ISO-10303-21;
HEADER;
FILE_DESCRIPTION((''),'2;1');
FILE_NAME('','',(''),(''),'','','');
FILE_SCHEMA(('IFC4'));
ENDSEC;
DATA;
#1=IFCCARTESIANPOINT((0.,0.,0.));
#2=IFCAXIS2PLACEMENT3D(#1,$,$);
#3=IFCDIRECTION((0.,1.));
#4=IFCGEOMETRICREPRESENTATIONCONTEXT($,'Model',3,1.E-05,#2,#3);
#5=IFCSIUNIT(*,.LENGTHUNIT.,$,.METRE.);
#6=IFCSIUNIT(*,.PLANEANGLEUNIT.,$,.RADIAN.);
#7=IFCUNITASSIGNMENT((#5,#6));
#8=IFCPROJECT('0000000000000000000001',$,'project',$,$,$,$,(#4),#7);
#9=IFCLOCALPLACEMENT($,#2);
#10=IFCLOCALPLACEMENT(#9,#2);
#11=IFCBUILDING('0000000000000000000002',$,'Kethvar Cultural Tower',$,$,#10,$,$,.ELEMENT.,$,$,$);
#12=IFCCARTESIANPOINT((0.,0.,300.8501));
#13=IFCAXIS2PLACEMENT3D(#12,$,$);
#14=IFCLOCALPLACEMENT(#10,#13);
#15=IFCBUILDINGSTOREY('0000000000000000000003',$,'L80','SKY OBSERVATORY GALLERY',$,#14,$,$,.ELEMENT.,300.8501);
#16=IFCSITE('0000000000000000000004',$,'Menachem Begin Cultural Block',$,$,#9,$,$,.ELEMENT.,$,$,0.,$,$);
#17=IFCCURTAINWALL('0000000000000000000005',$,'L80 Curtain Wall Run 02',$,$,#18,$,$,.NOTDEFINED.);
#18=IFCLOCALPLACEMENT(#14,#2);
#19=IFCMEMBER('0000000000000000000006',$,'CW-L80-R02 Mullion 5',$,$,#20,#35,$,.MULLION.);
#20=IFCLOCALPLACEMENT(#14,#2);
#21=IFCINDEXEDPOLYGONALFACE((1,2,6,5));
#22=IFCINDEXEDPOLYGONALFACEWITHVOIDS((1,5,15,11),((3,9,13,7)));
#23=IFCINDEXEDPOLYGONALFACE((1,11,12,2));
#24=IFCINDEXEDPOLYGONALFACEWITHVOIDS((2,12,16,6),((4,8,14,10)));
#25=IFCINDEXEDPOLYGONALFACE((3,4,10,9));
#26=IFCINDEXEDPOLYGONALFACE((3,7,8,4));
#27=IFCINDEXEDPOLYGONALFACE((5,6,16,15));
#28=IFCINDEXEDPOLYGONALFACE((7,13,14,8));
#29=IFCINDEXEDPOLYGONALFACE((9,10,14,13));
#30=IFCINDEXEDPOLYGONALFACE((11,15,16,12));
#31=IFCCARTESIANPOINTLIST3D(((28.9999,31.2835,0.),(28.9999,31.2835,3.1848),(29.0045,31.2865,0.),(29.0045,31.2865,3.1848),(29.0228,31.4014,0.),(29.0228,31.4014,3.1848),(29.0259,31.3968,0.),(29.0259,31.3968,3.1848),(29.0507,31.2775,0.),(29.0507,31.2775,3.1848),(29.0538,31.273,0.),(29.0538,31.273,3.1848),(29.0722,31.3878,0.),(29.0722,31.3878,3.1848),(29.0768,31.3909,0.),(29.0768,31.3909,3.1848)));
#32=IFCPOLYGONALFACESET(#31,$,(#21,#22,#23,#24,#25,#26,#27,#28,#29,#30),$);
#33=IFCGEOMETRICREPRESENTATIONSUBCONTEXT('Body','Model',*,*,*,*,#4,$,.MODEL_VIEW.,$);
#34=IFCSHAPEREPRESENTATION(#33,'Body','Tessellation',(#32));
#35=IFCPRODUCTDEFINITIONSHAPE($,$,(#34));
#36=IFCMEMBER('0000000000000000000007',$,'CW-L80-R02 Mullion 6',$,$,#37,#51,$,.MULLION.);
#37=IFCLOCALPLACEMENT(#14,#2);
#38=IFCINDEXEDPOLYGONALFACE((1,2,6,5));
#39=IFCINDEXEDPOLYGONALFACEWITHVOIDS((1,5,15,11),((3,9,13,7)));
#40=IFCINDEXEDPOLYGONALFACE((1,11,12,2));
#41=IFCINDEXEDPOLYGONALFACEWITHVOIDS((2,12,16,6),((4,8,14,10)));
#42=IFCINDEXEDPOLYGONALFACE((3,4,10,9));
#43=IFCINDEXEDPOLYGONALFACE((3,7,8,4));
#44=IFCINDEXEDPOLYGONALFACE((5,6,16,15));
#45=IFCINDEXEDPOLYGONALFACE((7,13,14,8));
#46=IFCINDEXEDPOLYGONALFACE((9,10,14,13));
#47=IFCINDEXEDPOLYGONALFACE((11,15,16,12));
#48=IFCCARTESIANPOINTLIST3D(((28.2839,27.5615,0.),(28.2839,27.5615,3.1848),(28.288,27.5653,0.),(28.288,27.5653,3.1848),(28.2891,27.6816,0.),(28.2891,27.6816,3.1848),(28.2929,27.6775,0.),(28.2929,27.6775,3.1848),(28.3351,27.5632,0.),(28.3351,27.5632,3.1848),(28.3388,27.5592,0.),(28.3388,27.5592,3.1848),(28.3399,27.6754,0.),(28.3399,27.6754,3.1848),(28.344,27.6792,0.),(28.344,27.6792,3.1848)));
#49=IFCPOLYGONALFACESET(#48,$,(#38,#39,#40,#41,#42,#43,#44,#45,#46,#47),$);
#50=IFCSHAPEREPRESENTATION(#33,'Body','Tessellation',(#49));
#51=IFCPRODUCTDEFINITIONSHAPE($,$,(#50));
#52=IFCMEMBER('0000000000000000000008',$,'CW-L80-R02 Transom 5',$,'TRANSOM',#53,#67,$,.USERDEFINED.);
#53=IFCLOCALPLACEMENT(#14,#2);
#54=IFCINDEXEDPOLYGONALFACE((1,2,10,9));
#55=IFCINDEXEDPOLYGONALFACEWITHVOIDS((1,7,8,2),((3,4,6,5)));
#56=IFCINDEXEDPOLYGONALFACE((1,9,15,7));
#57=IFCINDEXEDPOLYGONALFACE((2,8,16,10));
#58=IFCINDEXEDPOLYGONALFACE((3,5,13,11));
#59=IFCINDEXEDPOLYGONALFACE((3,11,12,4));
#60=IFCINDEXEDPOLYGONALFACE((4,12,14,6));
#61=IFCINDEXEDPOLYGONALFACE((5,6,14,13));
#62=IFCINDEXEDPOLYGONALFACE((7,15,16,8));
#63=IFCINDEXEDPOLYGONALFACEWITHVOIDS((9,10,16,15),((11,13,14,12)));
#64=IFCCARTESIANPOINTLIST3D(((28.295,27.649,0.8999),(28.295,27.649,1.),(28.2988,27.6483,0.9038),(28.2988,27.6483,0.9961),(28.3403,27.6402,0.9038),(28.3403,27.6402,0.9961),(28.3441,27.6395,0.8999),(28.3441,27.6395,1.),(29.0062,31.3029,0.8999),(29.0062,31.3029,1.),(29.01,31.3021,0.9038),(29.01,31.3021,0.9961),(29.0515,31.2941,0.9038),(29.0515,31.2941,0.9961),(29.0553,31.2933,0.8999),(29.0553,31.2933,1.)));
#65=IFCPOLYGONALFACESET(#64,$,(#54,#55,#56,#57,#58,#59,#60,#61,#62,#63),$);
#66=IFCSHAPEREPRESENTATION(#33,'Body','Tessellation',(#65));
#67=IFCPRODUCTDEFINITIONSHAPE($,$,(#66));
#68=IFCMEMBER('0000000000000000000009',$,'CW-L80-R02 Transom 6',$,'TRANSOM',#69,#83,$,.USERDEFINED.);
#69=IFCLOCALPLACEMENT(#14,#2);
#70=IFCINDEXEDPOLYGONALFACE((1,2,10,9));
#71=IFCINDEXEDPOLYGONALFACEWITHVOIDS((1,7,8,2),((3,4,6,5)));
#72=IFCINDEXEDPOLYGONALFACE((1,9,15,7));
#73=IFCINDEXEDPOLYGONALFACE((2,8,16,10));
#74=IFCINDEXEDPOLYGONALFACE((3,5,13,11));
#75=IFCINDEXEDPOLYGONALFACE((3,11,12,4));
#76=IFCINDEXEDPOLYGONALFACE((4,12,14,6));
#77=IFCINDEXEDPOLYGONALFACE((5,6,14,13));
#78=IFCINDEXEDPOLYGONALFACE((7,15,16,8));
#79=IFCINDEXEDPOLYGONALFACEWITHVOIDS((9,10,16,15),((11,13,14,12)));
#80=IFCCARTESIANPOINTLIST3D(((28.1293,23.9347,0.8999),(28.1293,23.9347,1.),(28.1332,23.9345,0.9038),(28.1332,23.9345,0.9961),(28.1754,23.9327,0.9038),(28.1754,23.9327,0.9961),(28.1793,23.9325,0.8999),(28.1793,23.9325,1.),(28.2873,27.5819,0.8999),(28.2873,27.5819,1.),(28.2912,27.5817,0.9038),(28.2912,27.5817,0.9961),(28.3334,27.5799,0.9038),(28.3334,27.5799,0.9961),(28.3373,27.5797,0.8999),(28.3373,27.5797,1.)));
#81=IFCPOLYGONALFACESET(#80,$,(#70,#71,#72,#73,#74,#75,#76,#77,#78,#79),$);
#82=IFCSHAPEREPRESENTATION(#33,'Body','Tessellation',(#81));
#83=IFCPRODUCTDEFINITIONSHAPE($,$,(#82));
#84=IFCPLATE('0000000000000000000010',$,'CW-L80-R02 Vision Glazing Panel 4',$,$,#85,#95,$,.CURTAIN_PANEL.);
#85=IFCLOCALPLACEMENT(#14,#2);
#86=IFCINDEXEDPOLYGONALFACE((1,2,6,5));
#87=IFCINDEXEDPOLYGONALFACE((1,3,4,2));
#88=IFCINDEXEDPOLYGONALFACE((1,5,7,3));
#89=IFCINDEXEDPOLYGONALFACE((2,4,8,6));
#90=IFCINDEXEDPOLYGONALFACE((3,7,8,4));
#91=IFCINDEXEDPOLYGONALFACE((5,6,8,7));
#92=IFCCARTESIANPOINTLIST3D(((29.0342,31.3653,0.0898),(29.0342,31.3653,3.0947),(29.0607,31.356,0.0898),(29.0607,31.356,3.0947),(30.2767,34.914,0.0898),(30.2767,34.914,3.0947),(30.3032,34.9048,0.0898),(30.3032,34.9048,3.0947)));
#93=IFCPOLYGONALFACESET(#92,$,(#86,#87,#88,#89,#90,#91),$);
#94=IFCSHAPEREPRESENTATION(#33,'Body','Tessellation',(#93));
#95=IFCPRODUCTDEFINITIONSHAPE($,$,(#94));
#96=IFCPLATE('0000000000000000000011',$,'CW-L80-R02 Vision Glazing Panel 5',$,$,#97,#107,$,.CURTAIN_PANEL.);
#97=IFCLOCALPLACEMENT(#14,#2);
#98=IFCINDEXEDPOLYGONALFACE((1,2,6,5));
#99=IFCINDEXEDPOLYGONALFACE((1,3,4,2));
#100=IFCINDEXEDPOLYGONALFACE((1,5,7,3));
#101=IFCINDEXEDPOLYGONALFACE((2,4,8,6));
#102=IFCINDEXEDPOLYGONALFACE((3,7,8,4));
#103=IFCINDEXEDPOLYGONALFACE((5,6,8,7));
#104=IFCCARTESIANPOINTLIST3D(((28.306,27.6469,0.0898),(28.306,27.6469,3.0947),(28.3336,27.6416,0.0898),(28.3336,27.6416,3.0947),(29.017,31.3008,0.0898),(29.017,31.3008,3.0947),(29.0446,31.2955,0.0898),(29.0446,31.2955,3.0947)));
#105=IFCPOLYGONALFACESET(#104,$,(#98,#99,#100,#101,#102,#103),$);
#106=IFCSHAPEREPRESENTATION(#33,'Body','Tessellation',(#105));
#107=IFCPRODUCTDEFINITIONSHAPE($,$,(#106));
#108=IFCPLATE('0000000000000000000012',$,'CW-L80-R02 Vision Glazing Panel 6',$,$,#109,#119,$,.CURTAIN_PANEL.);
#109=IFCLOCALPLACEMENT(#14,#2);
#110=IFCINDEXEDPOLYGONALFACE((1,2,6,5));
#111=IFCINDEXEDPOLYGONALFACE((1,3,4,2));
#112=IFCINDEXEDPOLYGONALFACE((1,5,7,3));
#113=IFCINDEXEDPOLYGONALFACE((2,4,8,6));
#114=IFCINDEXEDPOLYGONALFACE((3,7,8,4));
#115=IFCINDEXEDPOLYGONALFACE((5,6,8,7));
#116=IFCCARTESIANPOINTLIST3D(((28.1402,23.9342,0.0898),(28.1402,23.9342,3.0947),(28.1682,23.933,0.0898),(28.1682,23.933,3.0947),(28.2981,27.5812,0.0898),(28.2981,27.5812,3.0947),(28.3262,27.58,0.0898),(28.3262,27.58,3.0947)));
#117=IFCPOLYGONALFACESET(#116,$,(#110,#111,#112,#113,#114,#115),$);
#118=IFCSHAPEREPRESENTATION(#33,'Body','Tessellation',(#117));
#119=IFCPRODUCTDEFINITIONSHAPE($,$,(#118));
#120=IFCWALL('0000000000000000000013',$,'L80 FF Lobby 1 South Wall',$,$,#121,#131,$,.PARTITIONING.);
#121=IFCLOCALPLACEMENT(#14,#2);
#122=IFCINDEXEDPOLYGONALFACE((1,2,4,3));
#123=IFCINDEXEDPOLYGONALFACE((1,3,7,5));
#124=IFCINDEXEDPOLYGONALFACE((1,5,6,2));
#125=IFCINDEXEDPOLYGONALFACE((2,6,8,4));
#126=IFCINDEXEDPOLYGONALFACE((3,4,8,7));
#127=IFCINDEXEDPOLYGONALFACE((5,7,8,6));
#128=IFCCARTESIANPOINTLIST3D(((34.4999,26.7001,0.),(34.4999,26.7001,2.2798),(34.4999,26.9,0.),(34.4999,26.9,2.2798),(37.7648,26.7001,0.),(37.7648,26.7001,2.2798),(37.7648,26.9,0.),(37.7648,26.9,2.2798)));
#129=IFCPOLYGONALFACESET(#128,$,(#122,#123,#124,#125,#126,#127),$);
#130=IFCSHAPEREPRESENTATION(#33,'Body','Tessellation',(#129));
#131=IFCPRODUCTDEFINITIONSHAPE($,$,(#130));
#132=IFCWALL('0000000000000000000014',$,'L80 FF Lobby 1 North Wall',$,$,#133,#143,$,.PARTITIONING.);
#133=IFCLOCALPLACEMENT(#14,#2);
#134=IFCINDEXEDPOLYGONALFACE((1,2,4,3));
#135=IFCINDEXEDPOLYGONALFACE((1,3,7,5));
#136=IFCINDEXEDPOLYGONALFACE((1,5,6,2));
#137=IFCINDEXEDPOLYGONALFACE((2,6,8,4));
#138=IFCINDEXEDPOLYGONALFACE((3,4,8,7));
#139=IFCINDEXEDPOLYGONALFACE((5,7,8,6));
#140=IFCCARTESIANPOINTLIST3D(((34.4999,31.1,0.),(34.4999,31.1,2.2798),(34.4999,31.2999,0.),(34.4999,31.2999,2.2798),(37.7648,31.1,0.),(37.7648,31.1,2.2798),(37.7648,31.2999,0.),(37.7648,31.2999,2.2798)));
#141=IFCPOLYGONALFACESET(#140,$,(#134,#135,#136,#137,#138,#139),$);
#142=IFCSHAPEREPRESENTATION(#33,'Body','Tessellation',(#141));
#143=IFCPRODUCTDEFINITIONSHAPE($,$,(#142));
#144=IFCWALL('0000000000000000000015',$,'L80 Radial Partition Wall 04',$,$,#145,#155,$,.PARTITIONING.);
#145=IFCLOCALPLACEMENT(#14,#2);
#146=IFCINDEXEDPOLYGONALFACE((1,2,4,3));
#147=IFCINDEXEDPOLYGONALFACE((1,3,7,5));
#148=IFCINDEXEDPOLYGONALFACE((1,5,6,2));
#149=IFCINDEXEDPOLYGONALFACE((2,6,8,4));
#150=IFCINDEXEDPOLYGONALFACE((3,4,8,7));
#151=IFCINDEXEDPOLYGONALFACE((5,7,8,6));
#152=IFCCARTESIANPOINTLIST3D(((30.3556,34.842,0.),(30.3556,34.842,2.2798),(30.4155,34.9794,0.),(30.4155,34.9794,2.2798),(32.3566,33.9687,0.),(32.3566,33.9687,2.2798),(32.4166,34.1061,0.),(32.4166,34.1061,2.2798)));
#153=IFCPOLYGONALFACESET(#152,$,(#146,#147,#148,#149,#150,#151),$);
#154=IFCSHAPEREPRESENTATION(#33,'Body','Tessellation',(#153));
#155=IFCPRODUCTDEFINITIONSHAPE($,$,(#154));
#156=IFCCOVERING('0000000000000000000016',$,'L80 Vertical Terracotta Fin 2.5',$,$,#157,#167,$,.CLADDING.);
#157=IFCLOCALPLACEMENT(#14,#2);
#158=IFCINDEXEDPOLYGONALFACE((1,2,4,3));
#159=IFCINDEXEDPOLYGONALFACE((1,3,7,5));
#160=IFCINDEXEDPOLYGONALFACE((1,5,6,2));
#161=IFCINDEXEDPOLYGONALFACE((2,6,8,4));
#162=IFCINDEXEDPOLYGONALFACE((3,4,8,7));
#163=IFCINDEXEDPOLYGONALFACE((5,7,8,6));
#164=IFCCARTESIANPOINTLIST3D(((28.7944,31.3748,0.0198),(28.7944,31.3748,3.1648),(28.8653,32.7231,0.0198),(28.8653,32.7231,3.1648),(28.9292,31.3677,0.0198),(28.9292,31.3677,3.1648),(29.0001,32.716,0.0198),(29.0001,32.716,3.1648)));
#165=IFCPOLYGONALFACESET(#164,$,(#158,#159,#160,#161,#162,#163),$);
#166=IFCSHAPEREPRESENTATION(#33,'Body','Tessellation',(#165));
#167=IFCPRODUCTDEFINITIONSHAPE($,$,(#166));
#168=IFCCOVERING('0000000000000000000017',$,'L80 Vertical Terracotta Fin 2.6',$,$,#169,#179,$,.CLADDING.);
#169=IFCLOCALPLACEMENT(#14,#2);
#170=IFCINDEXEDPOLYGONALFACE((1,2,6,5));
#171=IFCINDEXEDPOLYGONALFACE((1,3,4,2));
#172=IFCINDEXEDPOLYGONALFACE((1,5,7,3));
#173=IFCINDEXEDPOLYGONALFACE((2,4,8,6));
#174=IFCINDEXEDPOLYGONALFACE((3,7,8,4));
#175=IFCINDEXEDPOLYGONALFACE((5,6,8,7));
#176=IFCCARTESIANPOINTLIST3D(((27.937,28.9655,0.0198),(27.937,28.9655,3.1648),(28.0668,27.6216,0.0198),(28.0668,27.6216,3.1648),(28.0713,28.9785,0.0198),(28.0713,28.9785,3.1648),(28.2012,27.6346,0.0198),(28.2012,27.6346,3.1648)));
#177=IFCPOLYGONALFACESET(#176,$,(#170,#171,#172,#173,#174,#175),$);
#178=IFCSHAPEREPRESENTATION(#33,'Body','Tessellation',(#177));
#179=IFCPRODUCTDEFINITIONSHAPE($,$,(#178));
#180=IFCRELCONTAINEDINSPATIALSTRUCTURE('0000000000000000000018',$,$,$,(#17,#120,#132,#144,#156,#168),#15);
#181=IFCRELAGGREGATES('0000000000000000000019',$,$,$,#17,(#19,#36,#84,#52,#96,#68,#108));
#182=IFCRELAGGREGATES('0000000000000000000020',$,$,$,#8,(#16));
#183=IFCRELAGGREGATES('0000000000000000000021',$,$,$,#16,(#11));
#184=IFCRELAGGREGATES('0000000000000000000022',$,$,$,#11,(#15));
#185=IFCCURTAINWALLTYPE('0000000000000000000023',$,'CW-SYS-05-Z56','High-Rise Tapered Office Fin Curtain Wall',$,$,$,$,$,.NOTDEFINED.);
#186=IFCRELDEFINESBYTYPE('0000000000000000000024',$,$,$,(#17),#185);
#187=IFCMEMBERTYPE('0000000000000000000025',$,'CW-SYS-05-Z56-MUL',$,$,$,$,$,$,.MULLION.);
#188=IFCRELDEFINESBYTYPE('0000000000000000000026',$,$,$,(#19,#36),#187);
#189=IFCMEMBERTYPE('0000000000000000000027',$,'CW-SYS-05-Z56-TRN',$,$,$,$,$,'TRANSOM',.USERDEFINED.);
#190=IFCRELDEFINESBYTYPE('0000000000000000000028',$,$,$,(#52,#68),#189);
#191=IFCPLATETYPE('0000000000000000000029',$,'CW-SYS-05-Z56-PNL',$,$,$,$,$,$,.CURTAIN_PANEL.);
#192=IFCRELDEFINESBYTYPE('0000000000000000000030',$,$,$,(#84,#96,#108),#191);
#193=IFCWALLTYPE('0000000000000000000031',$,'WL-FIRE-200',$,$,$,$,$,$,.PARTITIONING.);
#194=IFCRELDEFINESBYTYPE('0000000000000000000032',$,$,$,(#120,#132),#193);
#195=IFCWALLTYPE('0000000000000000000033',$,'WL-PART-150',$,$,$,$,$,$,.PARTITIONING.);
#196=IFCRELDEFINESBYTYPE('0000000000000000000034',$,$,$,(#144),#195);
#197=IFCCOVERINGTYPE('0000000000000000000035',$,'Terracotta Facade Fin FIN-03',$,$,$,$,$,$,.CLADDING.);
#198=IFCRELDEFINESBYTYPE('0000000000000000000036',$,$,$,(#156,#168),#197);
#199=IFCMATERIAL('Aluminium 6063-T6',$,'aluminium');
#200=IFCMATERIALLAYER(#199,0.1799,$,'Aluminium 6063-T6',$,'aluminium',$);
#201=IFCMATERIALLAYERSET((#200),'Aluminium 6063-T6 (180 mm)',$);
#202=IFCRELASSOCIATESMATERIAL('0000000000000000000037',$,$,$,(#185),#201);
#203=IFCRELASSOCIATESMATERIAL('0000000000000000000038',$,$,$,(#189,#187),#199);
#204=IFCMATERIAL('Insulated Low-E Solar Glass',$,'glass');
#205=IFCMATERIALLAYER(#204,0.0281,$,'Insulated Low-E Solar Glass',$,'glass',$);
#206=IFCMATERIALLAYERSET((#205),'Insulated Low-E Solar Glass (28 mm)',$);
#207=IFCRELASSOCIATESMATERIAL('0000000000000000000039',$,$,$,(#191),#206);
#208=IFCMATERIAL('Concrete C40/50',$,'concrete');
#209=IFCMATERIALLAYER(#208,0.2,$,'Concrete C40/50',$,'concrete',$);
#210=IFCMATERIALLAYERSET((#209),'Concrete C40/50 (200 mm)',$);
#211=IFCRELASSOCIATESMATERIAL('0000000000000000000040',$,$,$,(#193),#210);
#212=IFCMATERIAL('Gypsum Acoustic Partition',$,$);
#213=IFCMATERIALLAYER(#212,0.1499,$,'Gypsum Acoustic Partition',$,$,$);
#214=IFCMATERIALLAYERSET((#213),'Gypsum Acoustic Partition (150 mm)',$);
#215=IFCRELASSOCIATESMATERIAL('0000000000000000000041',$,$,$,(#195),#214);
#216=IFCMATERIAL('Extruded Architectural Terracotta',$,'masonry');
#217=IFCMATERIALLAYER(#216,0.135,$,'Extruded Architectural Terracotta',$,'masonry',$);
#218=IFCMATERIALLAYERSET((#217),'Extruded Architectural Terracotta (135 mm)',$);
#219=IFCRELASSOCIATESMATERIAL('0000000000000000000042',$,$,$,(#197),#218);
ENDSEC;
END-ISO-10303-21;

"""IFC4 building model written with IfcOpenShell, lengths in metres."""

from ifc_helpers import new_model, si_unit, direction, frame, frame_2d, origin, origin_2d, place, context, subcontext, project, spatial, rectangle, hollow_rectangle, extrude, source, transform, mapped, material, layer, layer_set, material_profile, profile_set, type_object, element, aggregate, save


model = new_model("IFC4")

# Units and contexts
model_context = context("Model", 3, precision=1e-05, world=origin(), true_north=direction((0.0, 1.0)))
body_context = subcontext(model_context, "Body", "Model", "MODEL_VIEW")
ifc_project = project(units=[si_unit("LENGTHUNIT", "METRE"), si_unit("PLANEANGLEUNIT", "RADIAN")], contexts=[model_context])

# Site, building, storey
site_placement = place(None, origin())
site = spatial("IfcSite", under=ifc_project, at=site_placement, Name="Menachem Begin Cultural Block", CompositionType="ELEMENT", RefElevation=0.0)
building_placement = place(site_placement, origin())
building = spatial("IfcBuilding", under=site, at=building_placement, Name="Kethvar Cultural Tower", CompositionType="ELEMENT")
storey_placement = place(building_placement, frame((0.0, 0.0, 300.8501)))
storey = spatial("IfcBuildingStorey", under=building, at=storey_placement, Name="L80", Description="SKY OBSERVATORY GALLERY", CompositionType="ELEMENT", Elevation=300.8501)

# Curtain wall, members, plates
ifc_material_1 = material(Name="Aluminium 6063-T6", Category="aluminium")
ifc_layer_1 = layer(ifc_material_1, 0.1799, Name="Aluminium 6063-T6", Category="aluminium")
ifc_layer_set_1 = layer_set([ifc_layer_1], Name="Aluminium 6063-T6 (180 mm)")
curtain_wall_type = type_object("IfcCurtainWallType", Name="CW-SYS-05-Z56", Description="High-Rise Tapered Office Fin Curtain Wall", PredefinedType="NOTDEFINED", material=ifc_layer_set_1)
curtain_wall_placement = place(storey_placement, origin())
curtain_wall = element("IfcCurtainWall", 1, at=curtain_wall_placement, inside=storey, type_object=curtain_wall_type, Name="L80 Curtain Wall Run 02", PredefinedType="NOTDEFINED")
ifc_material_profile_1 = material_profile(ifc_material_1, hollow_rectangle(XDim=0.05, YDim=0.1001, WallThickness=0.0039, at=origin_2d()), Name="Aluminium 6063-T6 — RHS100x50x4")
ifc_profile_set_1 = profile_set([ifc_material_profile_1], Name="Aluminium 6063-T6 — RHS100x50x4")
member_type_1 = type_object("IfcMemberType", Name="CW-SYS-05-Z56-TRN", ElementType="TRANSOM", PredefinedType="USERDEFINED", material=ifc_profile_set_1)
ifc_material_profile_2 = material_profile(ifc_material_1, hollow_rectangle(XDim=0.0549, YDim=0.1201, WallThickness=0.0039, at=origin_2d()), Name="Aluminium 6063-T6 — RHS120x55x4")
ifc_profile_set_2 = profile_set([ifc_material_profile_2], Name="Aluminium 6063-T6 — RHS120x55x4")
member_type_2 = type_object("IfcMemberType", Name="CW-SYS-05-Z56-MUL", PredefinedType="MULLION", material=ifc_profile_set_2)
shared_shape_1 = source(origin(), body_context, "Body", "SweptSolid", [
    extrude(hollow_rectangle(XDim=0.0549, YDim=0.1201, WallThickness=0.0039, at=origin_2d()), origin(), (0.0, 0.0, 1.0), 3.1848),
])
member_1_placement = place(storey_placement, frame((29.0383, 31.3372, 0.0), z_axis=(0.0, 0.0, 1.0), x_axis=(0.981591, -0.190997, 0.0)))
member_1 = element("IfcMember", 2, at=member_1_placement, type_object=member_type_2, Name="CW-L80-R02 Mullion 5", PredefinedType="MULLION", context=body_context, shape_type="MappedRepresentation", body=[
    mapped(shared_shape_1, transform((0.0, 0.0, 0.0), scale=1.0)),
])
member_2_placement = place(storey_placement, frame((28.314, 27.6204, 0.0), z_axis=(0.0, 0.0, 1.0), x_axis=(0.999063, -0.043271, 0.0)))
member_2 = element("IfcMember", 3, at=member_2_placement, type_object=member_type_2, Name="CW-L80-R02 Mullion 6", PredefinedType="MULLION", context=body_context, shape_type="MappedRepresentation", body=[
    mapped(shared_shape_1, transform((0.0, 0.0, 0.0), scale=1.0)),
])
shared_shape_2 = source(origin(), body_context, "Body", "SweptSolid", [
    extrude(hollow_rectangle(XDim=0.05, YDim=0.1001, WallThickness=0.0039, at=origin_2d()), origin(), (0.0, 0.0, 1.0), 3.7224),
])
member_3_placement = place(storey_placement, frame((29.0308, 31.2981, 0.95), z_axis=(-0.191056, -0.981579, 0.0), x_axis=(0.981579, -0.191056, 0.0)))
member_3 = element("IfcMember", 4, at=member_3_placement, type_object=member_type_1, Name="CW-L80-R02 Transom 5", ObjectType="TRANSOM", PredefinedType="USERDEFINED", context=body_context, shape_type="MappedRepresentation", body=[
    mapped(shared_shape_2, transform((0.0, 0.0, 0.0), scale=1.0)),
])
shared_shape_3 = source(origin(), body_context, "Body", "SweptSolid", [
    extrude(hollow_rectangle(XDim=0.05, YDim=0.1001, WallThickness=0.0039, at=origin_2d()), origin(), (0.0, 0.0, 1.0), 3.6506),
])
member_4_placement = place(storey_placement, frame((28.3123, 27.5808, 0.95), z_axis=(-0.043269, -0.999063, 0.0), x_axis=(0.999063, -0.043269, 0.0)))
member_4 = element("IfcMember", 5, at=member_4_placement, type_object=member_type_1, Name="CW-L80-R02 Transom 6", ObjectType="TRANSOM", PredefinedType="USERDEFINED", context=body_context, shape_type="MappedRepresentation", body=[
    mapped(shared_shape_3, transform((0.0, 0.0, 0.0), scale=1.0)),
])
ifc_material_2 = material(Name="Insulated Low-E Solar Glass", Category="glass")
ifc_layer_2 = layer(ifc_material_2, 0.0281, Name="Insulated Low-E Solar Glass", Category="glass")
ifc_layer_set_2 = layer_set([ifc_layer_2], Name="Insulated Low-E Solar Glass (28 mm)")
plate_type = type_object("IfcPlateType", Name="CW-SYS-05-Z56-PNL", PredefinedType="CURTAIN_PANEL", material=ifc_layer_set_2)
shared_shape_4 = source(origin(), body_context, "Body", "SweptSolid", [
    extrude(rectangle(XDim=3.76, YDim=0.0281, at=origin_2d()), origin(), (0.0, 0.0, 1.0), 3.0049),
])
plate_1_placement = place(storey_placement, frame((29.6687, 33.135, 0.0898), z_axis=(0.0, 0.0, 1.0), x_axis=(-0.330465, -0.943818, 0.0)))
plate_1 = element("IfcPlate", 6, at=plate_1_placement, type_object=plate_type, Name="CW-L80-R02 Vision Glazing Panel 4", PredefinedType="CURTAIN_PANEL", context=body_context, shape_type="MappedRepresentation", body=[
    mapped(shared_shape_4, transform((0.0, 0.0, 0.0), scale=1.0)),
])
shared_shape_5 = source(origin(), body_context, "Body", "SweptSolid", [
    extrude(rectangle(XDim=3.7224, YDim=0.0281, at=origin_2d()), origin(), (0.0, 0.0, 1.0), 3.0049),
])
plate_2_placement = place(storey_placement, frame((28.6753, 29.4712, 0.0898), z_axis=(0.0, 0.0, 1.0), x_axis=(-0.190997, -0.981591, 0.0)))
plate_2 = element("IfcPlate", 7, at=plate_2_placement, type_object=plate_type, Name="CW-L80-R02 Vision Glazing Panel 5", PredefinedType="CURTAIN_PANEL", context=body_context, shape_type="MappedRepresentation", body=[
    mapped(shared_shape_5, transform((0.0, 0.0, 0.0), scale=1.0)),
])
shared_shape_6 = source(origin(), body_context, "Body", "SweptSolid", [
    extrude(rectangle(XDim=3.6504, YDim=0.0281, at=origin_2d()), origin(), (0.0, 0.0, 1.0), 3.0049),
])
plate_3_placement = place(storey_placement, frame((28.2332, 25.7571, 0.0898), z_axis=(0.0, 0.0, 1.0), x_axis=(-0.043271, -0.999063, 0.0)))
plate_3 = element("IfcPlate", 8, at=plate_3_placement, type_object=plate_type, Name="CW-L80-R02 Vision Glazing Panel 6", PredefinedType="CURTAIN_PANEL", context=body_context, shape_type="MappedRepresentation", body=[
    mapped(shared_shape_6, transform((0.0, 0.0, 0.0), scale=1.0)),
])
aggregate(curtain_wall, [member_1, member_2, plate_1, member_3, plate_2, member_4, plate_3])

# Shared definitions
ifc_material_3 = material(Name="Concrete C40/50", Category="concrete")
ifc_layer_3 = layer(ifc_material_3, 0.2, Name="Concrete C40/50", Category="concrete")
ifc_layer_set_3 = layer_set([ifc_layer_3], Name="Concrete C40/50 (200 mm)")
wall_type_1 = type_object("IfcWallType", Name="WL-FIRE-200", PredefinedType="PARTITIONING", material=ifc_layer_set_3)

# Walls
for number, where, z_axis, x_axis, name in (
    (9, (34.5, 26.8, 0.0), (0.0, 0.0, 1.0), (1.0, 0.0, 0.0), "L80 FF Lobby 1 South Wall"),
    (10, (34.5, 31.2, 0.0), (0.0, 0.0, 1.0), (1.0, 0.0, 0.0), "L80 FF Lobby 1 North Wall"),
):
    element("IfcWall", number, at=place(storey_placement, frame(where, z_axis=z_axis, x_axis=x_axis)), inside=storey, type_object=wall_type_1, Name=name, PredefinedType="PARTITIONING", context=body_context, shape_type="SweptSolid", body=[
        extrude(rectangle(XDim=3.2649, YDim=0.2, at=frame_2d((1.6323, 0.0))), origin(), (0.0, 0.0, 1.0), 2.2798),
    ])
ifc_material_4 = material(Name="Gypsum Acoustic Partition")
ifc_layer_4 = layer(ifc_material_4, 0.1499, Name="Gypsum Acoustic Partition")
ifc_layer_set_4 = layer_set([ifc_layer_4], Name="Gypsum Acoustic Partition (150 mm)")
wall_type_2 = type_object("IfcWallType", Name="WL-PART-150", PredefinedType="PARTITIONING", material=ifc_layer_set_4)
wall_1_placement = place(storey_placement, frame((32.3867, 34.0374, 0.0), z_axis=(0.0, 0.0, 1.0), x_axis=(-0.916516, 0.399997, 0.0)))
element("IfcWall", 11, at=wall_1_placement, inside=storey, type_object=wall_type_2, Name="L80 Radial Partition Wall 04", PredefinedType="PARTITIONING", context=body_context, shape_type="SweptSolid", body=[
    extrude(rectangle(XDim=2.1833, YDim=0.1499, at=frame_2d((1.0918, 0.0))), origin(), (0.0, 0.0, 1.0), 2.2798),
])

# Coverings
ifc_material_5 = material(Name="Extruded Architectural Terracotta", Category="masonry")
ifc_layer_5 = layer(ifc_material_5, 0.135, Name="Extruded Architectural Terracotta", Category="masonry")
ifc_layer_set_5 = layer_set([ifc_layer_5], Name="Extruded Architectural Terracotta (135 mm)")
covering_type = type_object("IfcCoveringType", Name="Terracotta Facade Fin FIN-03", PredefinedType="CLADDING", material=ifc_layer_set_5)
shared_shape_7 = source(origin(), body_context, "Body", "SweptSolid", [
    extrude(rectangle(XDim=1.3501, YDim=0.135, at=origin_2d()), origin(), (0.0, 0.0, 1.0), 3.145),
])
for number, where, z_axis, x_axis, name in (
    (12, (28.8972, 32.0454, 0.0198), (0.0, 0.0, 1.0), (0.05251, 0.99862, 0.0), "L80 Vertical Terracotta Fin 2.5"),
    (13, (28.0691, 28.3, 0.0198), (0.0, 0.0, 1.0), (-0.096193, 0.995363, 0.0), "L80 Vertical Terracotta Fin 2.6"),
):
    element("IfcCovering", number, at=place(storey_placement, frame(where, z_axis=z_axis, x_axis=x_axis)), inside=storey, type_object=covering_type, Name=name, PredefinedType="CLADDING", context=body_context, shape_type="MappedRepresentation", body=[
        mapped(shared_shape_7, transform((0.0, 0.0, 0.0), scale=1.0)),
    ])

save(model, "model.ifc")
